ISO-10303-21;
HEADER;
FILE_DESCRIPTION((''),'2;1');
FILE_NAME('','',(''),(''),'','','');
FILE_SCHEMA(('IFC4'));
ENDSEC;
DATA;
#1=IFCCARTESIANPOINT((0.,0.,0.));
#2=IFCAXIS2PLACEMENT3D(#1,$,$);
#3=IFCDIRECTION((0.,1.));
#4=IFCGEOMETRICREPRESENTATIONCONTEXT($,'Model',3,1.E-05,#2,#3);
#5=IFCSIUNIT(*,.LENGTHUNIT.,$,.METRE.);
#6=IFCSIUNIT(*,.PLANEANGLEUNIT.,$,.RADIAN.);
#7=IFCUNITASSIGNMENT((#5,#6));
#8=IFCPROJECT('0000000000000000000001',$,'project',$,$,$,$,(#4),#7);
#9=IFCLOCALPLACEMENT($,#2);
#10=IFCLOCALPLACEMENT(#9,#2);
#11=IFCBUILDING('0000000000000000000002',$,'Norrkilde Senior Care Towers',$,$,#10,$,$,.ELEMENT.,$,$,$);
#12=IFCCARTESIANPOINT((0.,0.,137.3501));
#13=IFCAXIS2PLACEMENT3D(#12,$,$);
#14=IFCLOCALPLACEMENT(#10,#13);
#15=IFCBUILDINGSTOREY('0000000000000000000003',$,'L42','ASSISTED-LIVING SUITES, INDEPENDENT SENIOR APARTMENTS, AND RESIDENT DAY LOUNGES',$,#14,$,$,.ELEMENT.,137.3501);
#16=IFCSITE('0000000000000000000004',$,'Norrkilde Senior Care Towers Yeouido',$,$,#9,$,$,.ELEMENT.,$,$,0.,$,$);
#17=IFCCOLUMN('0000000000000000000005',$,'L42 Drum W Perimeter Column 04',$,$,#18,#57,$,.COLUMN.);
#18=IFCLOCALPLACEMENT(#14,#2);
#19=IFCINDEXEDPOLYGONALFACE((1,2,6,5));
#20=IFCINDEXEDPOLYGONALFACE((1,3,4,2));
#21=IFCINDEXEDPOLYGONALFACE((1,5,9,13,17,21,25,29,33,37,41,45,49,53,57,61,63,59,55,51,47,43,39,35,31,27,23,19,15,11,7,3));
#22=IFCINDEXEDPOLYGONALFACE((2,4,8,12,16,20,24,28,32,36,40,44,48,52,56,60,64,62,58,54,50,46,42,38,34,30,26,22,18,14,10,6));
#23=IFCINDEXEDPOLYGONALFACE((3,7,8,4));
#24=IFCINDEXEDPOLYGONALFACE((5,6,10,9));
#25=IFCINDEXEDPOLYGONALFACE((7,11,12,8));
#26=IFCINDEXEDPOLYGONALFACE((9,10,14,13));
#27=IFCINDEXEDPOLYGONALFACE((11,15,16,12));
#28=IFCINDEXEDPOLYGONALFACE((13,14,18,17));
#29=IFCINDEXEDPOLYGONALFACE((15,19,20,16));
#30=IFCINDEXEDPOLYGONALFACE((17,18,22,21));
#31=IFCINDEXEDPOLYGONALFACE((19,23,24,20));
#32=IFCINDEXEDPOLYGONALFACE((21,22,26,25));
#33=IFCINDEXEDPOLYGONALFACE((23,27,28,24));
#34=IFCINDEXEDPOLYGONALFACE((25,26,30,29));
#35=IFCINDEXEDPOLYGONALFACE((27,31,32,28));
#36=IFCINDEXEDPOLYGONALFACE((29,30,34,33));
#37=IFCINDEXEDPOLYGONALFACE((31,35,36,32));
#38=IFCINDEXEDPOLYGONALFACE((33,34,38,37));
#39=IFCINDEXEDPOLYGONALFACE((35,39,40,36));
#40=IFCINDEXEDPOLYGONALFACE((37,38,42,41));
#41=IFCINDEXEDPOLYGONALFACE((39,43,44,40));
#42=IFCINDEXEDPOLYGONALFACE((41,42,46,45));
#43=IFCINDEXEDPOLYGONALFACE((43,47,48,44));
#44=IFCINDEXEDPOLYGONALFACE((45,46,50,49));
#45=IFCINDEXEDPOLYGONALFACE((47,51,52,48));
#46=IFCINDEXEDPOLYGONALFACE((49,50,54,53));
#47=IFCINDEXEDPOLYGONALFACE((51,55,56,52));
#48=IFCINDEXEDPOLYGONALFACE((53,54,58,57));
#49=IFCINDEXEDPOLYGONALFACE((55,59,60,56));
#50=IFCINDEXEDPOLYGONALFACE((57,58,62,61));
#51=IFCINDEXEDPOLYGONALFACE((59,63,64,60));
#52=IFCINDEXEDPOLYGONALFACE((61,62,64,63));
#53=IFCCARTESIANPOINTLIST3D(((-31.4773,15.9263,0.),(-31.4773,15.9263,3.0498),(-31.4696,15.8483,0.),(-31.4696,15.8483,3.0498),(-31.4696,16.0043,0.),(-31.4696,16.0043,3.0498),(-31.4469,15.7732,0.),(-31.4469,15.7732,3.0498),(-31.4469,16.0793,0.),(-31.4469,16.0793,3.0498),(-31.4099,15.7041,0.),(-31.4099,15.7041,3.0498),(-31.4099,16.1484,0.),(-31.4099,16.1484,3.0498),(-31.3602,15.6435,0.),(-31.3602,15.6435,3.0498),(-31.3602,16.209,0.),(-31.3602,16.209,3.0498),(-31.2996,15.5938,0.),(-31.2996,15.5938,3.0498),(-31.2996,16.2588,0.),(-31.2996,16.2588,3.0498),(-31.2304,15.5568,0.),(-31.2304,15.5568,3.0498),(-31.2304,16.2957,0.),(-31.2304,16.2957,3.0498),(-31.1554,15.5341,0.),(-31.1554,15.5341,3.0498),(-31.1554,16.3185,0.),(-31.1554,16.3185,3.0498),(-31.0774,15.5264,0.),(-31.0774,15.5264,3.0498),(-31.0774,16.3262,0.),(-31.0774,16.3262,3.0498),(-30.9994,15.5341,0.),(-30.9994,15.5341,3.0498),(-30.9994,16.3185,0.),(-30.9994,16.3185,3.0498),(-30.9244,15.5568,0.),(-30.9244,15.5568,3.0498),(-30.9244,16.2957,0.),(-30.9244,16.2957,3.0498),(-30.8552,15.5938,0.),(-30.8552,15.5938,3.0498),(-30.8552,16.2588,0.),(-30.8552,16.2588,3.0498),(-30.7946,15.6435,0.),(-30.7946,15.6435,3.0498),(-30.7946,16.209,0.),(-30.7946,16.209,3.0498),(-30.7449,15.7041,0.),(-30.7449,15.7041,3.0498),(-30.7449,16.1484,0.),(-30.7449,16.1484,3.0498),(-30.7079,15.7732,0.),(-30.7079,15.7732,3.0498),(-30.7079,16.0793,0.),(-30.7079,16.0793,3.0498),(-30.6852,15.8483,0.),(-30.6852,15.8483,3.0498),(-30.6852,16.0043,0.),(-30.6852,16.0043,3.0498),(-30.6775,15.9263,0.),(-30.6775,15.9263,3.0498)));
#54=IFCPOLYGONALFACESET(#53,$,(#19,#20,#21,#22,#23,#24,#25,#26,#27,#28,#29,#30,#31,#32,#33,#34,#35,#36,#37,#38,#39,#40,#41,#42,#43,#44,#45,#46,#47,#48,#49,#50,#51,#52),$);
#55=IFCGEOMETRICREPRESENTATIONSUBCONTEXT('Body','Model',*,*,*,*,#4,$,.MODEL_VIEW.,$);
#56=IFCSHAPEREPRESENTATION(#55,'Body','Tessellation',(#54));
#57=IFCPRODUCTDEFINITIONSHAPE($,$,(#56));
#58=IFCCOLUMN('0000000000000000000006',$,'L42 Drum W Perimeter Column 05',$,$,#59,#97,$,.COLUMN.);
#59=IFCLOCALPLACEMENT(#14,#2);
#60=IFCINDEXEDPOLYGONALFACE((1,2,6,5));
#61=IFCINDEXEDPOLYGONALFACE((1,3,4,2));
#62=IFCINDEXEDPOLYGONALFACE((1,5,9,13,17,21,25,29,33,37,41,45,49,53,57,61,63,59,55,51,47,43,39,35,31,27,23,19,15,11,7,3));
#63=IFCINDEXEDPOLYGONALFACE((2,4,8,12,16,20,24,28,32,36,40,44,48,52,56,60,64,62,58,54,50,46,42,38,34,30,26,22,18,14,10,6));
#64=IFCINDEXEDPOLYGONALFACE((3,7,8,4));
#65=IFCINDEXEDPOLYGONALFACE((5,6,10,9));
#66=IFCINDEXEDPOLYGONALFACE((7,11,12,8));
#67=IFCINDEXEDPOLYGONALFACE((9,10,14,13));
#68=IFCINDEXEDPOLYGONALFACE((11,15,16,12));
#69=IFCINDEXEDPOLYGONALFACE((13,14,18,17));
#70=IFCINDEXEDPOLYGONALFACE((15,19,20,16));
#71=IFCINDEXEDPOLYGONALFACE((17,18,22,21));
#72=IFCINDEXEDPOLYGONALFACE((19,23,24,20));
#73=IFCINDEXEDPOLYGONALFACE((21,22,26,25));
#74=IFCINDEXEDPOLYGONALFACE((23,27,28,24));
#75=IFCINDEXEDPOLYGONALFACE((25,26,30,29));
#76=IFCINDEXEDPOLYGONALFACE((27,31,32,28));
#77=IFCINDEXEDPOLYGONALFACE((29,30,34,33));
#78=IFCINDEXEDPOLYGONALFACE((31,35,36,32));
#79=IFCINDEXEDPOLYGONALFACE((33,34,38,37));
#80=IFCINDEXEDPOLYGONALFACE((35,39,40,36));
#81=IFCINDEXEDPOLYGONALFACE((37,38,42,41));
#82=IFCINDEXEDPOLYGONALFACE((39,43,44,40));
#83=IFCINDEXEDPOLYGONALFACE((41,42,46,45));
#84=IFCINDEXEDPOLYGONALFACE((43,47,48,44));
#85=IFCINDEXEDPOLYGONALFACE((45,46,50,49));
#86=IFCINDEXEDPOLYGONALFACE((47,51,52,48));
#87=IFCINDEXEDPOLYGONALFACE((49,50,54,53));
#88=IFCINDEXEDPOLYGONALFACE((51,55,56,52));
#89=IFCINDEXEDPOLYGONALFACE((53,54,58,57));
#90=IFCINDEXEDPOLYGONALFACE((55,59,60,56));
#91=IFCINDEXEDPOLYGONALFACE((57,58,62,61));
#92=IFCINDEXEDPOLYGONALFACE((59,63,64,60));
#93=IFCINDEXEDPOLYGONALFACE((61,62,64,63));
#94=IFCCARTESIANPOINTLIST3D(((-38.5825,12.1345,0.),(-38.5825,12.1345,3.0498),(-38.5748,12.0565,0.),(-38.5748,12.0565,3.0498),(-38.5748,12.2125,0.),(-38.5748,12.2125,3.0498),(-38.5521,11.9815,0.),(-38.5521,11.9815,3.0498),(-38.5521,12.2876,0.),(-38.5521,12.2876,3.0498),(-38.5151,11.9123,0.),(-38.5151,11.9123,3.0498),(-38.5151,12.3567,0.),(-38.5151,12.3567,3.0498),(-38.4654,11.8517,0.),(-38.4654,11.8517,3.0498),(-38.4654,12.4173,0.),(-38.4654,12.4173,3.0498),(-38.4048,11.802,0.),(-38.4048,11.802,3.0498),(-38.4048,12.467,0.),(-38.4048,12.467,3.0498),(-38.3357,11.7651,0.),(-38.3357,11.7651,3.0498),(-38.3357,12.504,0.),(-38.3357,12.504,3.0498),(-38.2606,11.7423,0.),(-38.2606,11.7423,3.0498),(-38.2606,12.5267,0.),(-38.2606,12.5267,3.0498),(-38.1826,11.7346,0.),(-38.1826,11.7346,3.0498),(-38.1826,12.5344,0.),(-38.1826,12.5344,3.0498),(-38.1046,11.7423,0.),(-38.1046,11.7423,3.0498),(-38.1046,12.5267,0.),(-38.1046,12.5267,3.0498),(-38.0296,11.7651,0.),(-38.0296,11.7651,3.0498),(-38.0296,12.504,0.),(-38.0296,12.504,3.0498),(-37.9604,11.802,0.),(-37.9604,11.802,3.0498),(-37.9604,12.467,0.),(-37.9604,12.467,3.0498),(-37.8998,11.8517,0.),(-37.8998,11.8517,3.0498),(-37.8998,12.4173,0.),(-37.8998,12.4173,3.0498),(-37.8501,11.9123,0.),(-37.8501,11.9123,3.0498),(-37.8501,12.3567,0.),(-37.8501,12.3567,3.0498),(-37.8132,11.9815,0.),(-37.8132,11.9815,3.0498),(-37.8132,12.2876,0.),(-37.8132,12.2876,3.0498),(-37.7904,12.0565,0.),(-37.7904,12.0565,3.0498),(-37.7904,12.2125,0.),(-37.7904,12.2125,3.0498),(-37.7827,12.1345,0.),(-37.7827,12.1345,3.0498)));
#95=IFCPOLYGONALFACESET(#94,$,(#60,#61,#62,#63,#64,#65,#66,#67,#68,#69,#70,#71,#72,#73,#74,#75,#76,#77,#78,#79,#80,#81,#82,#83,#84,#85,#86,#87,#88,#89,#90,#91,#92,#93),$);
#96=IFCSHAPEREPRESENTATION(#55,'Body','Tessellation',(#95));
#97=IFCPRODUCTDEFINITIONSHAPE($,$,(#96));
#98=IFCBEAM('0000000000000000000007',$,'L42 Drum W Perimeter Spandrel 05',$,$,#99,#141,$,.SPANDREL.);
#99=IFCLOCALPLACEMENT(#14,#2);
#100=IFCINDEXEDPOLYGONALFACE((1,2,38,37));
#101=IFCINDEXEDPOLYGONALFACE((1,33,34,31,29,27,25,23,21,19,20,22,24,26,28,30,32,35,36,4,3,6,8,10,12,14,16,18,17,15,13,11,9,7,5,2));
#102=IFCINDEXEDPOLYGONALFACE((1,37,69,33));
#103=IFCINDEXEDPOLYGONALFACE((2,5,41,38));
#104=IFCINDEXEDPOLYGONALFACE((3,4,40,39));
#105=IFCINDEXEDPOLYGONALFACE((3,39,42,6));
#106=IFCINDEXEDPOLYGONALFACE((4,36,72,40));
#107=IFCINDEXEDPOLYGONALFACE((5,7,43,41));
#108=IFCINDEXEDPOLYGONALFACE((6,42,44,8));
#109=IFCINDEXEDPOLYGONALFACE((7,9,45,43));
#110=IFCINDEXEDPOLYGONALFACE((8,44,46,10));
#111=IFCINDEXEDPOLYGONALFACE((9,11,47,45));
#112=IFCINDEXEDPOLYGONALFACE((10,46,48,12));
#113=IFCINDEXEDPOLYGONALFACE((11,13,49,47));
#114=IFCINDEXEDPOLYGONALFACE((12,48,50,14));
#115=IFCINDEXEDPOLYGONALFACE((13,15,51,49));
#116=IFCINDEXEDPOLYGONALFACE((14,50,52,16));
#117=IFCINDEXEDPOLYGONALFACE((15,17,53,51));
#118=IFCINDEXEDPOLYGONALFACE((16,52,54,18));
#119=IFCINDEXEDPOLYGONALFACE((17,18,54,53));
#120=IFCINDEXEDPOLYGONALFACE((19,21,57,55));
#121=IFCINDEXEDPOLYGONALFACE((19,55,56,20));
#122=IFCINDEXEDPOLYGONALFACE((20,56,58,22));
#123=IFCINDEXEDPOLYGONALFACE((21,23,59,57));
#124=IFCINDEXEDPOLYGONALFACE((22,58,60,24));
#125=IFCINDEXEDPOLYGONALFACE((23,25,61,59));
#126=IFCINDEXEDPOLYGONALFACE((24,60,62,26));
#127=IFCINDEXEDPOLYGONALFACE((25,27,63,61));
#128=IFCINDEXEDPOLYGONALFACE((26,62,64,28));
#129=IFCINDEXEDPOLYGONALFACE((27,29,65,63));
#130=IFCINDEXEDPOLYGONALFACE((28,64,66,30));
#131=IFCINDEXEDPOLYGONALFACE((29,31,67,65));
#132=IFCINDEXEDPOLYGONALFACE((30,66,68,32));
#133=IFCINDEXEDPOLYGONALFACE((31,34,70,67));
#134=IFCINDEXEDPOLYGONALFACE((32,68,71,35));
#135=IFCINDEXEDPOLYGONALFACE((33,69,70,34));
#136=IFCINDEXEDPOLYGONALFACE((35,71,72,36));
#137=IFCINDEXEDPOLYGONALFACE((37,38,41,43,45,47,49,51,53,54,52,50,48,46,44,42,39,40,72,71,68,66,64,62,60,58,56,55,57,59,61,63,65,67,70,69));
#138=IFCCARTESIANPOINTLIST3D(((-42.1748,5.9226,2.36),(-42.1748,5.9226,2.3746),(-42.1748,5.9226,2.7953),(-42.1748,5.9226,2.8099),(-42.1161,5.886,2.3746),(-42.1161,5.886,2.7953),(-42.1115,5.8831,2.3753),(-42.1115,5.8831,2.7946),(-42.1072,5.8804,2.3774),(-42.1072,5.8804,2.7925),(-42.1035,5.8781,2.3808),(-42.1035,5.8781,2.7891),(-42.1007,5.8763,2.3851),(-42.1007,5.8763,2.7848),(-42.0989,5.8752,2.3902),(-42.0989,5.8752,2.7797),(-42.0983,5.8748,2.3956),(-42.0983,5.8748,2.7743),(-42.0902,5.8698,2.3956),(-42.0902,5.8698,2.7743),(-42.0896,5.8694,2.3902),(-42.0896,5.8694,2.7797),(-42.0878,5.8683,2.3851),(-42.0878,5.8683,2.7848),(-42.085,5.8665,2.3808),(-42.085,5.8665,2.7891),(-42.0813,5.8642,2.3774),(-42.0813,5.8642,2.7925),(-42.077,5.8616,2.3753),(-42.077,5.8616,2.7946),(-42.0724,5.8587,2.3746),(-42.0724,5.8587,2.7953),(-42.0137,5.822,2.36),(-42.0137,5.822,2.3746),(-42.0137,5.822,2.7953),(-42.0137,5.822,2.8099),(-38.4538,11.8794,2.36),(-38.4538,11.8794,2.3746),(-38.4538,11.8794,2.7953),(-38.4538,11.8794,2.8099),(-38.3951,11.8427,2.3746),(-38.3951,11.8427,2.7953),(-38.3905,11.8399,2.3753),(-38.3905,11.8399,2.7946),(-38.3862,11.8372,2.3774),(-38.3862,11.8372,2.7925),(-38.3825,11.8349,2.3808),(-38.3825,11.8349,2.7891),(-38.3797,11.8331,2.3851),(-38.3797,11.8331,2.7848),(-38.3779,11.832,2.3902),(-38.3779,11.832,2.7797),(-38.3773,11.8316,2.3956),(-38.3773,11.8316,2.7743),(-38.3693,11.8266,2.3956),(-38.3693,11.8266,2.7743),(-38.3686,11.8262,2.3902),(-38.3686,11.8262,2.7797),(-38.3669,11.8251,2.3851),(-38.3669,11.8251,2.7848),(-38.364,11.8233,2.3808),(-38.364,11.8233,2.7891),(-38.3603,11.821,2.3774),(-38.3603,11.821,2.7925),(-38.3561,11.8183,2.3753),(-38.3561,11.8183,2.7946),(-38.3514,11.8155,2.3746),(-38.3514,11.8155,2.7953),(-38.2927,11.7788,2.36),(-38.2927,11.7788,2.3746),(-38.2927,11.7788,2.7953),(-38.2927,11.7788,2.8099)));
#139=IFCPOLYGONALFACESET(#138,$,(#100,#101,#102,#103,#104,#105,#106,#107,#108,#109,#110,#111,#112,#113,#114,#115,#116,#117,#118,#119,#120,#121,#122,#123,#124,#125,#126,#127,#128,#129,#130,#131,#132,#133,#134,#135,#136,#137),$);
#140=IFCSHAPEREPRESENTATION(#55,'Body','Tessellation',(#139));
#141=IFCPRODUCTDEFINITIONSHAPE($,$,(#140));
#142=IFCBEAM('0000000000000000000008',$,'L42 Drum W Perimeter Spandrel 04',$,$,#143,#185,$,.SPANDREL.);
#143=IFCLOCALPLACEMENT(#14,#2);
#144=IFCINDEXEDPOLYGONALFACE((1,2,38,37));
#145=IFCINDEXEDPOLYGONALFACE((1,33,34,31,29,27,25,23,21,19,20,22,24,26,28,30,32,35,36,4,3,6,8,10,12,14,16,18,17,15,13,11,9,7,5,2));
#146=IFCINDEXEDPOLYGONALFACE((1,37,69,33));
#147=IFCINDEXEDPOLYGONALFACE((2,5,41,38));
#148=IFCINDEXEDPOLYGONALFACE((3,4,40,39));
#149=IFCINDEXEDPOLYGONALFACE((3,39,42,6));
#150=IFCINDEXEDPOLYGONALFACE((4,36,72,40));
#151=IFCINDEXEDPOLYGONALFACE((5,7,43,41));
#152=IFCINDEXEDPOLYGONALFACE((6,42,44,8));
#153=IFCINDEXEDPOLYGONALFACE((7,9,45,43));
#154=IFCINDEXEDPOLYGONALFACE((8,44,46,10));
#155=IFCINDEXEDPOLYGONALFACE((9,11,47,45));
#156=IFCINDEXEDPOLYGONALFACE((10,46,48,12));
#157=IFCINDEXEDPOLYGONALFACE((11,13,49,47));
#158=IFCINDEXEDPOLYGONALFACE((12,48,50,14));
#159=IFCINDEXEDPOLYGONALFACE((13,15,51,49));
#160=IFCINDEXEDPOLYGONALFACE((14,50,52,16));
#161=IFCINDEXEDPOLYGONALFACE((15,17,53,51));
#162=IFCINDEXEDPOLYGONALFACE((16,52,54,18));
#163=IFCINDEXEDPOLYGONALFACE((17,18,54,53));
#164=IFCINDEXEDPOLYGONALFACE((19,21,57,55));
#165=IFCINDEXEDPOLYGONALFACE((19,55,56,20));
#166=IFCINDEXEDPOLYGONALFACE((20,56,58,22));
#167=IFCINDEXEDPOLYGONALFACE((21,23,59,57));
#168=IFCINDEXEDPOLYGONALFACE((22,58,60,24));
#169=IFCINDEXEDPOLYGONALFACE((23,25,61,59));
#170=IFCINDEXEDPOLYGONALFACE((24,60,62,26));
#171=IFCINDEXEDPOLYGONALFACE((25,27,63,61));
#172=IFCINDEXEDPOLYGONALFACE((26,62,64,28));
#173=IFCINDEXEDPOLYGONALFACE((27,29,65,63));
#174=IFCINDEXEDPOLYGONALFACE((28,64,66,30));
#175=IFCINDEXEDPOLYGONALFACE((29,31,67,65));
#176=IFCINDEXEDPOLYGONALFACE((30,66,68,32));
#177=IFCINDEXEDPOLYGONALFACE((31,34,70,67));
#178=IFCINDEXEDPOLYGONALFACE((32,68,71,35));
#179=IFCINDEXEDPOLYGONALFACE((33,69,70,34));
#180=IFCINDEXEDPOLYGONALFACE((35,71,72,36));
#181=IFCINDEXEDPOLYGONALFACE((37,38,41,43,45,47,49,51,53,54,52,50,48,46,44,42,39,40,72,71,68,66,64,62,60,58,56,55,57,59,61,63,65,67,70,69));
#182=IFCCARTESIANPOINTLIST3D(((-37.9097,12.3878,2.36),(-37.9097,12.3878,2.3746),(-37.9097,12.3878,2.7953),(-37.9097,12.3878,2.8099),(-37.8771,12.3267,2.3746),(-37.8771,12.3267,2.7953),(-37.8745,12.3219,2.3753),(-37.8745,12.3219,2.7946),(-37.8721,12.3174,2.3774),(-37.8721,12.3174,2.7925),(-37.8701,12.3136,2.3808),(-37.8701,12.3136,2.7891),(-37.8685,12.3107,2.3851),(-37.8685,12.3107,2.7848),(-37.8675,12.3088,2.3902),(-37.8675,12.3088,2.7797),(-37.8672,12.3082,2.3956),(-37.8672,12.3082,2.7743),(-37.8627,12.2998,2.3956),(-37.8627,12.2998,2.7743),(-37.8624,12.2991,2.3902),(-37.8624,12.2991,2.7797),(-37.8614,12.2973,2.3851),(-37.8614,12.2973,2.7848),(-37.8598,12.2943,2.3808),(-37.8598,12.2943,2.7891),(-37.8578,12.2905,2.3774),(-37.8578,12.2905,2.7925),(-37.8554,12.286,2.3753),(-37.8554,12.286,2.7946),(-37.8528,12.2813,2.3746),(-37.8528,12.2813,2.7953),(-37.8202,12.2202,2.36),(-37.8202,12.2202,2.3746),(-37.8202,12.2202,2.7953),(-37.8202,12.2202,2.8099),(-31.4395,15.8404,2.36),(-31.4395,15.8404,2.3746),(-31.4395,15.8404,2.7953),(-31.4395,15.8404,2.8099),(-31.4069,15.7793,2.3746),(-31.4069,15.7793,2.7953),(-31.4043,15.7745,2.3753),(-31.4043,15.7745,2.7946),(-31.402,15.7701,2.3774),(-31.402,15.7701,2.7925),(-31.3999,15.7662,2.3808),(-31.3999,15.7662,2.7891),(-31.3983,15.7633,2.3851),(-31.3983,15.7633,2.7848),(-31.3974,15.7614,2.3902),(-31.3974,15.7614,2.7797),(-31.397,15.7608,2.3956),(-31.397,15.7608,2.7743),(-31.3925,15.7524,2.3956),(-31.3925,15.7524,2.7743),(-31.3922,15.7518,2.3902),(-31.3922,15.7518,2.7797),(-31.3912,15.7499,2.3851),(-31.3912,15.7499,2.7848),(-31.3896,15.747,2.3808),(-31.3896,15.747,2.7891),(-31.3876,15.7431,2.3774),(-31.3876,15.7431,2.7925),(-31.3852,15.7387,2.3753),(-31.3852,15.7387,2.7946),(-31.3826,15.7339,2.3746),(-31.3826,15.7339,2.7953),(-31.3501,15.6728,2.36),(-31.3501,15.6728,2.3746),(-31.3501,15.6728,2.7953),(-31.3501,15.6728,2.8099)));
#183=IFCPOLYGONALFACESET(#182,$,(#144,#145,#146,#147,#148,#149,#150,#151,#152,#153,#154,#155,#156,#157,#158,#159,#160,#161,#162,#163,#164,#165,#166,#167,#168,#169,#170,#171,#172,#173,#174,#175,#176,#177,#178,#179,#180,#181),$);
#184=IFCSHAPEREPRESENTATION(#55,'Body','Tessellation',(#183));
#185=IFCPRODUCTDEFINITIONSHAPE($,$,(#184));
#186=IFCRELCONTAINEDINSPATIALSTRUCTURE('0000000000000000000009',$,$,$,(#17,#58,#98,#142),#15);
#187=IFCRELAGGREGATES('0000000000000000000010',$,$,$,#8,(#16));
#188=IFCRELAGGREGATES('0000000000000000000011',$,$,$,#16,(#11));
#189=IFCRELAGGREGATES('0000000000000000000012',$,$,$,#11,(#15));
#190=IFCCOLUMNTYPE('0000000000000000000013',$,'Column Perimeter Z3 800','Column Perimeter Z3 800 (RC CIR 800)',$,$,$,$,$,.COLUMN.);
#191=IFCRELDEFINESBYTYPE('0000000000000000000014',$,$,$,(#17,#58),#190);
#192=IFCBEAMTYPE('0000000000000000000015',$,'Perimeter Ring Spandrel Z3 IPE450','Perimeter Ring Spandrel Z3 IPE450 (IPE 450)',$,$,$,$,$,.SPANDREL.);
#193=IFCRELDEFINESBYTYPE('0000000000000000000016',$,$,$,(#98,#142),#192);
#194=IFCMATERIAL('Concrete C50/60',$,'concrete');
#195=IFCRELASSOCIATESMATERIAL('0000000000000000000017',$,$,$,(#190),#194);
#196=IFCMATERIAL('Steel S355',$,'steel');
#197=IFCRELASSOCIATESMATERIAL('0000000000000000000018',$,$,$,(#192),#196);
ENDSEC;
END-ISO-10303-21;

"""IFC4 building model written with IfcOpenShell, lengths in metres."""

from ifc_helpers import new_model, si_unit, direction, frame, origin, origin_2d, place, context, subcontext, project, spatial, circle, i_section, extrude, source, transform, mapped, material, material_profile, profile_set, type_object, type_shapes, element, save


model = new_model("IFC4")

# Units and contexts
model_context = context("Model", 3, precision=1e-05, world=origin(), true_north=direction((0.0, 1.0)))
body_context = subcontext(model_context, "Body", "Model", "MODEL_VIEW")
ifc_project = project(units=[si_unit("LENGTHUNIT", "METRE"), si_unit("PLANEANGLEUNIT", "RADIAN")], contexts=[model_context])

# Site, building, storey
site_placement = place(None, origin())
site = spatial("IfcSite", under=ifc_project, at=site_placement, Name="Norrkilde Senior Care Towers Yeouido", CompositionType="ELEMENT", RefElevation=0.0)
building_placement = place(site_placement, origin())
building = spatial("IfcBuilding", under=site, at=building_placement, Name="Norrkilde Senior Care Towers", CompositionType="ELEMENT")
storey_placement = place(building_placement, frame((0.0, 0.0, 137.3501)))
storey = spatial("IfcBuildingStorey", under=building, at=storey_placement, Name="L42", Description="ASSISTED-LIVING SUITES, INDEPENDENT SENIOR APARTMENTS, AND RESIDENT DAY LOUNGES", CompositionType="ELEMENT", Elevation=137.3501)

# Columns
ifc_material_1 = material(Name="Concrete C50/60", Category="concrete")
ifc_material_profile_1 = material_profile(ifc_material_1, circle(Radius=0.3999, at=origin_2d()), Name="RC CIR 800")
ifc_profile_set_1 = profile_set([ifc_material_profile_1], Name="Concrete C50/60")
column_type = type_object("IfcColumnType", Name="Column Perimeter Z3 800", Description="Column Perimeter Z3 800 (RC CIR 800)", PredefinedType="COLUMN", material=ifc_profile_set_1)
shared_shape_1 = source(origin(), body_context, "Body", "SweptSolid", [
    extrude(circle(Radius=0.3999, at=origin_2d()), origin(), (0.0, 0.0, 1.0), 3.0498),
])
type_shapes(column_type, [shared_shape_1])
for number, where, z_axis, x_axis, name in (
    (1, (-31.0774, 15.9263, 0.0), (0.0, 0.0, 1.0), (1.0, 0.0, 0.0), "L42 Drum W Perimeter Column 04"),
    (2, (-38.1826, 12.1345, 0.0), (0.0, 0.0, 1.0), (1.0, 0.0, 0.0), "L42 Drum W Perimeter Column 05"),
):
    element("IfcColumn", number, at=place(storey_placement, frame(where, z_axis=z_axis, x_axis=x_axis)), inside=storey, type_object=column_type, Name=name, PredefinedType="COLUMN", context=body_context, shape_type="MappedRepresentation", body=[
        mapped(shared_shape_1, transform((0.0, 0.0, 0.0), x_axis=(1.0, 0.0, 0.0), y_axis=(0.0, 1.0, 0.0), z_axis=(0.0, 0.0, 1.0), scale=1.0)),
    ])

# Beams
ifc_material_2 = material(Name="Steel S355", Category="steel")
ifc_material_profile_2 = material_profile(ifc_material_2, i_section(OverallWidth=0.1899, OverallDepth=0.45, WebThickness=0.0095, FlangeThickness=0.0146, FilletRadius=0.021, at=origin_2d()), Name="IPE 450")
ifc_profile_set_2 = profile_set([ifc_material_profile_2], Name="Steel S355")
beam_type_1 = type_object("IfcBeamType", Name="Perimeter Ring Spandrel Z3 IPE450", Description="Perimeter Ring Spandrel Z3 IPE450 (IPE 450)", PredefinedType="SPANDREL", material=ifc_profile_set_2)
shared_shape_2 = source(origin(), body_context, "Body", "SweptSolid", [
    extrude(i_section(OverallWidth=0.1899, OverallDepth=0.45, WebThickness=0.0095, FlangeThickness=0.0146, FilletRadius=0.021, at=origin_2d()), origin(), (0.0, 0.0, 1.0), 7.0234),
])
beam_1_placement = place(storey_placement, frame((-38.3733, 11.8291, 2.585), z_axis=(-0.52979, -0.848129, 0.0), x_axis=(0.848129, -0.52979, 0.0)))
element("IfcBeam", 3, at=beam_1_placement, inside=storey, type_object=beam_type_1, Name="L42 Drum W Perimeter Spandrel 05", PredefinedType="SPANDREL", context=body_context, shape_type="MappedRepresentation", body=[
    mapped(shared_shape_2, transform((0.0, 0.0, 0.0), x_axis=(1.0, 0.0, 0.0), y_axis=(0.0, 1.0, 0.0), z_axis=(0.0, 0.0, 1.0), scale=1.0)),
])
shared_shape_3 = source(origin(), body_context, "Body", "SweptSolid", [
    extrude(i_section(OverallWidth=0.1899, OverallDepth=0.45, WebThickness=0.0095, FlangeThickness=0.0146, FilletRadius=0.021, at=origin_2d()), origin(), (0.0, 0.0, 1.0), 7.3337),
])
type_shapes(beam_type_1, [shared_shape_2, shared_shape_3])
beam_2_placement = place(storey_placement, frame((-31.3948, 15.7566, 2.585), z_axis=(-0.882248, -0.470785, 0.0), x_axis=(0.470785, -0.882248, 0.0)))
element("IfcBeam", 4, at=beam_2_placement, inside=storey, type_object=beam_type_1, Name="L42 Drum W Perimeter Spandrel 04", PredefinedType="SPANDREL", context=body_context, shape_type="MappedRepresentation", body=[
    mapped(shared_shape_3, transform((0.0, 0.0, 0.0), x_axis=(1.0, 0.0, 0.0), y_axis=(0.0, 1.0, 0.0), z_axis=(0.0, 0.0, 1.0), scale=1.0)),
])

save(model, "model.ifc")
